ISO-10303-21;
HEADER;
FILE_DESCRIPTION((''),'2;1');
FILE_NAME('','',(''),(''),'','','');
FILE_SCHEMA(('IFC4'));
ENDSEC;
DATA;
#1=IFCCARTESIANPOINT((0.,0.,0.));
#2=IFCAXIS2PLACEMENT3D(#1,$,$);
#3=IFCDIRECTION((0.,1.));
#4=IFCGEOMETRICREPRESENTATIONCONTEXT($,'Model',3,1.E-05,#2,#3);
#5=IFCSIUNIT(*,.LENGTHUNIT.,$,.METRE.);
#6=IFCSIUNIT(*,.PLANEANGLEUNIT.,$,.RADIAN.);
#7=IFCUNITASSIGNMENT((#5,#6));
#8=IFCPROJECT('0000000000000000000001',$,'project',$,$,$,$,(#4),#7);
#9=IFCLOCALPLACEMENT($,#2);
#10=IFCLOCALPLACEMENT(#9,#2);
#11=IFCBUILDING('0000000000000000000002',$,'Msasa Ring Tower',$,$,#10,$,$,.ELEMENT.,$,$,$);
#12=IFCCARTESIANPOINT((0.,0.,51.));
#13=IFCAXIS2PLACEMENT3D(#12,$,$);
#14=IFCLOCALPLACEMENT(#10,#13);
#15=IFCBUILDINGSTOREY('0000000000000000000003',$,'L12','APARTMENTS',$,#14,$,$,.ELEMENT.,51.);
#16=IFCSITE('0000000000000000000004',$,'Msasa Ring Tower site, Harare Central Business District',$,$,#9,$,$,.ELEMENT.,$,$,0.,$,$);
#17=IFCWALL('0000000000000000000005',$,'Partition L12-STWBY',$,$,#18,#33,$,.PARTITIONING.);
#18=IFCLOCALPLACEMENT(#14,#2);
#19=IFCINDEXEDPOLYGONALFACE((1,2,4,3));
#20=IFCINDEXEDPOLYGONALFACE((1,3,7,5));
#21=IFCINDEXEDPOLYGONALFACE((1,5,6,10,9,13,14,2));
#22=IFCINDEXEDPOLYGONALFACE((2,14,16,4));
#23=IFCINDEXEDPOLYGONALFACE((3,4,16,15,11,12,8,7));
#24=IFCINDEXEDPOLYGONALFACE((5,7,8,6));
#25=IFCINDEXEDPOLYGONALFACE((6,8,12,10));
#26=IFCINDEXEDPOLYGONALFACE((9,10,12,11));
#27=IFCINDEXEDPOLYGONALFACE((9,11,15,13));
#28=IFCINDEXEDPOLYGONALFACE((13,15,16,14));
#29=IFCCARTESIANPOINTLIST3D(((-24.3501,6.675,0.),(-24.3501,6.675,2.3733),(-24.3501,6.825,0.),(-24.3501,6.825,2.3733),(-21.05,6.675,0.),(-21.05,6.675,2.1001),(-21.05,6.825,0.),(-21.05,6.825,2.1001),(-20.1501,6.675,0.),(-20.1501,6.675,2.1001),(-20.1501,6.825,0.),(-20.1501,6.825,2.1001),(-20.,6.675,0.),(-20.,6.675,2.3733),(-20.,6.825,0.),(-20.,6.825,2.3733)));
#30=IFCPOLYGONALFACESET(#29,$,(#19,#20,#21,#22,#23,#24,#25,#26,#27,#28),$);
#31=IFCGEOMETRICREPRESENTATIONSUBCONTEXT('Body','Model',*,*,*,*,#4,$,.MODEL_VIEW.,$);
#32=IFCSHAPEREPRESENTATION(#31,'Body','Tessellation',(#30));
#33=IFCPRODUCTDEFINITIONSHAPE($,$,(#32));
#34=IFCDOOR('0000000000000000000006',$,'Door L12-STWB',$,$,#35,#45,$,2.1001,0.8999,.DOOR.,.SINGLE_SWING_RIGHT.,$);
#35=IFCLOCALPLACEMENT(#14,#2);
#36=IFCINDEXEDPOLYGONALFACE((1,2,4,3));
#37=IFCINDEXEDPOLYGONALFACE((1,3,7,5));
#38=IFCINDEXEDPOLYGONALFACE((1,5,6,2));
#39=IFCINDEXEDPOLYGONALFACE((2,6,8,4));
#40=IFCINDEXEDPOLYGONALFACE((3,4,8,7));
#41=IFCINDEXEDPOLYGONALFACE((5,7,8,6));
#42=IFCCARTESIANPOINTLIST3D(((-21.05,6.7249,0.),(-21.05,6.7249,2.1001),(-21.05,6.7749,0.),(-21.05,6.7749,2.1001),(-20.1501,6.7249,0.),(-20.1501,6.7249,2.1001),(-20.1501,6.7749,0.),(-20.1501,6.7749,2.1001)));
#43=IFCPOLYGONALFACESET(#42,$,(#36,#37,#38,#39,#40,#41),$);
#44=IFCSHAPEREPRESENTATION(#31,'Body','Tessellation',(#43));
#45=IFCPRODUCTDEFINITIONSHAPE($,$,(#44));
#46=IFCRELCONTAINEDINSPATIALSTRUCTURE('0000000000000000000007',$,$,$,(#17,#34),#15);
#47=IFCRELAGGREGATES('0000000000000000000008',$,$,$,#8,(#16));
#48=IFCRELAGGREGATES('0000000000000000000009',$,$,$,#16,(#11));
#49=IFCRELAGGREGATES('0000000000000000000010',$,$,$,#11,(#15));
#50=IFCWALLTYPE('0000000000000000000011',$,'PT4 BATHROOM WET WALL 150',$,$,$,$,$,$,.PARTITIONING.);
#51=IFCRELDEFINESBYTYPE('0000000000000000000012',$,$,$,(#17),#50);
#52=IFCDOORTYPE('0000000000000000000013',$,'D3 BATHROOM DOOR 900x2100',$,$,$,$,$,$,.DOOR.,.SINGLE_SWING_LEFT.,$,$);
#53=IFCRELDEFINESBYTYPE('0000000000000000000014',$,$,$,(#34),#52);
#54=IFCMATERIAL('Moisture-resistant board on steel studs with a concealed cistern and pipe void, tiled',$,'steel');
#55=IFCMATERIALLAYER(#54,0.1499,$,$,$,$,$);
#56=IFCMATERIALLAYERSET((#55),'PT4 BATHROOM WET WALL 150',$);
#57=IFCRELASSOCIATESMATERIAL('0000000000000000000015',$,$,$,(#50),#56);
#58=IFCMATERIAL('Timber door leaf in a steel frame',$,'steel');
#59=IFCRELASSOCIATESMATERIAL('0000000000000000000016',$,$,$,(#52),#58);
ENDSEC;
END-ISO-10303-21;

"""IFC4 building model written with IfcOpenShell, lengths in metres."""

from ifc_helpers import new_model, si_unit, direction, frame, frame_2d, origin, place, context, subcontext, project, spatial, rectangle, extrude, material, layer, layer_set, type_object, element, fill, save


model = new_model("IFC4")

# Units and contexts
model_context = context("Model", 3, precision=1e-05, world=origin(), true_north=direction((0.0, 1.0)))
body_context = subcontext(model_context, "Body", "Model", "MODEL_VIEW")
ifc_project = project(units=[si_unit("LENGTHUNIT", "METRE"), si_unit("PLANEANGLEUNIT", "RADIAN")], contexts=[model_context])

# Site, building, storey
site_placement = place(None, origin())
site = spatial("IfcSite", under=ifc_project, at=site_placement, Name="Msasa Ring Tower site, Harare Central Business District", CompositionType="ELEMENT", RefElevation=0.0)
building_placement = place(site_placement, origin())
building = spatial("IfcBuilding", under=site, at=building_placement, Name="Msasa Ring Tower", CompositionType="ELEMENT")
storey_placement = place(building_placement, frame((0.0, 0.0, 51.0)))
storey = spatial("IfcBuildingStorey", under=building, at=storey_placement, Name="L12", Description="APARTMENTS", CompositionType="ELEMENT", Elevation=51.0)

# Wall, opening, door
ifc_material_1 = material(Name="Moisture-resistant board on steel studs with a concealed cistern and pipe void, tiled", Category="steel")
ifc_layer_1 = layer(ifc_material_1, 0.1499)
ifc_layer_set_1 = layer_set([ifc_layer_1], Name="PT4 BATHROOM WET WALL 150")
wall_type_1 = type_object("IfcWallType", Name="PT4 BATHROOM WET WALL 150", PredefinedType="PARTITIONING", material=ifc_layer_set_1)
wall_1_placement = place(storey_placement, frame((-24.3501, 6.75, 0.0), z_axis=(0.0, 0.0, 1.0), x_axis=(1.0, 0.0, 0.0)))
wall_1 = element("IfcWall", 1, at=wall_1_placement, inside=storey, type_object=wall_type_1, Name="Partition L12-STWBY", PredefinedType="PARTITIONING", context=body_context, shape_type="SweptSolid", body=[
    extrude(rectangle(XDim=4.3501, YDim=0.1499, at=frame_2d((2.175, 0.0))), origin(), (0.0, 0.0, 1.0), 2.3733),
])
opening_1_placement = place(wall_1_placement, frame((3.3, 0.0, 0.0)))
opening_1 = element("IfcOpeningElement", 2, at=opening_1_placement, cuts=wall_1, PredefinedType="OPENING", context=body_context, shape_type="SweptSolid", body=[
    extrude(rectangle(XDim=0.8999, YDim=2.1001, at=frame_2d((0.45, 1.05))), frame((0.0, 0.085, 0.0), z_axis=(0.0, -1.0, 0.0), x_axis=(1.0, 0.0, 0.0)), (0.0, 0.0, 1.0), 0.1699),
])
ifc_material_2 = material(Name="Timber door leaf in a steel frame", Category="steel")
door_type_1 = type_object("IfcDoorType", Name="D3 BATHROOM DOOR 900x2100", OperationType="SINGLE_SWING_LEFT", PredefinedType="DOOR", material=ifc_material_2)
door_1_placement = place(opening_1_placement, origin())
door_1 = element("IfcDoor", 3, at=door_1_placement, inside=storey, type_object=door_type_1, Name="Door L12-STWB", OperationType="SINGLE_SWING_RIGHT", OverallHeight=2.1001, OverallWidth=0.8999, PredefinedType="DOOR", context=body_context, shape_type="SweptSolid", body=[
    extrude(rectangle(XDim=0.8999, YDim=2.1001, at=frame_2d((0.45, 1.05))), frame((0.0, 0.0249, 0.0), z_axis=(0.0, -1.0, 0.0), x_axis=(1.0, 0.0, 0.0)), (0.0, 0.0, 1.0), 0.05),
])
fill(opening_1, door_1)

save(model, "model.ifc")
